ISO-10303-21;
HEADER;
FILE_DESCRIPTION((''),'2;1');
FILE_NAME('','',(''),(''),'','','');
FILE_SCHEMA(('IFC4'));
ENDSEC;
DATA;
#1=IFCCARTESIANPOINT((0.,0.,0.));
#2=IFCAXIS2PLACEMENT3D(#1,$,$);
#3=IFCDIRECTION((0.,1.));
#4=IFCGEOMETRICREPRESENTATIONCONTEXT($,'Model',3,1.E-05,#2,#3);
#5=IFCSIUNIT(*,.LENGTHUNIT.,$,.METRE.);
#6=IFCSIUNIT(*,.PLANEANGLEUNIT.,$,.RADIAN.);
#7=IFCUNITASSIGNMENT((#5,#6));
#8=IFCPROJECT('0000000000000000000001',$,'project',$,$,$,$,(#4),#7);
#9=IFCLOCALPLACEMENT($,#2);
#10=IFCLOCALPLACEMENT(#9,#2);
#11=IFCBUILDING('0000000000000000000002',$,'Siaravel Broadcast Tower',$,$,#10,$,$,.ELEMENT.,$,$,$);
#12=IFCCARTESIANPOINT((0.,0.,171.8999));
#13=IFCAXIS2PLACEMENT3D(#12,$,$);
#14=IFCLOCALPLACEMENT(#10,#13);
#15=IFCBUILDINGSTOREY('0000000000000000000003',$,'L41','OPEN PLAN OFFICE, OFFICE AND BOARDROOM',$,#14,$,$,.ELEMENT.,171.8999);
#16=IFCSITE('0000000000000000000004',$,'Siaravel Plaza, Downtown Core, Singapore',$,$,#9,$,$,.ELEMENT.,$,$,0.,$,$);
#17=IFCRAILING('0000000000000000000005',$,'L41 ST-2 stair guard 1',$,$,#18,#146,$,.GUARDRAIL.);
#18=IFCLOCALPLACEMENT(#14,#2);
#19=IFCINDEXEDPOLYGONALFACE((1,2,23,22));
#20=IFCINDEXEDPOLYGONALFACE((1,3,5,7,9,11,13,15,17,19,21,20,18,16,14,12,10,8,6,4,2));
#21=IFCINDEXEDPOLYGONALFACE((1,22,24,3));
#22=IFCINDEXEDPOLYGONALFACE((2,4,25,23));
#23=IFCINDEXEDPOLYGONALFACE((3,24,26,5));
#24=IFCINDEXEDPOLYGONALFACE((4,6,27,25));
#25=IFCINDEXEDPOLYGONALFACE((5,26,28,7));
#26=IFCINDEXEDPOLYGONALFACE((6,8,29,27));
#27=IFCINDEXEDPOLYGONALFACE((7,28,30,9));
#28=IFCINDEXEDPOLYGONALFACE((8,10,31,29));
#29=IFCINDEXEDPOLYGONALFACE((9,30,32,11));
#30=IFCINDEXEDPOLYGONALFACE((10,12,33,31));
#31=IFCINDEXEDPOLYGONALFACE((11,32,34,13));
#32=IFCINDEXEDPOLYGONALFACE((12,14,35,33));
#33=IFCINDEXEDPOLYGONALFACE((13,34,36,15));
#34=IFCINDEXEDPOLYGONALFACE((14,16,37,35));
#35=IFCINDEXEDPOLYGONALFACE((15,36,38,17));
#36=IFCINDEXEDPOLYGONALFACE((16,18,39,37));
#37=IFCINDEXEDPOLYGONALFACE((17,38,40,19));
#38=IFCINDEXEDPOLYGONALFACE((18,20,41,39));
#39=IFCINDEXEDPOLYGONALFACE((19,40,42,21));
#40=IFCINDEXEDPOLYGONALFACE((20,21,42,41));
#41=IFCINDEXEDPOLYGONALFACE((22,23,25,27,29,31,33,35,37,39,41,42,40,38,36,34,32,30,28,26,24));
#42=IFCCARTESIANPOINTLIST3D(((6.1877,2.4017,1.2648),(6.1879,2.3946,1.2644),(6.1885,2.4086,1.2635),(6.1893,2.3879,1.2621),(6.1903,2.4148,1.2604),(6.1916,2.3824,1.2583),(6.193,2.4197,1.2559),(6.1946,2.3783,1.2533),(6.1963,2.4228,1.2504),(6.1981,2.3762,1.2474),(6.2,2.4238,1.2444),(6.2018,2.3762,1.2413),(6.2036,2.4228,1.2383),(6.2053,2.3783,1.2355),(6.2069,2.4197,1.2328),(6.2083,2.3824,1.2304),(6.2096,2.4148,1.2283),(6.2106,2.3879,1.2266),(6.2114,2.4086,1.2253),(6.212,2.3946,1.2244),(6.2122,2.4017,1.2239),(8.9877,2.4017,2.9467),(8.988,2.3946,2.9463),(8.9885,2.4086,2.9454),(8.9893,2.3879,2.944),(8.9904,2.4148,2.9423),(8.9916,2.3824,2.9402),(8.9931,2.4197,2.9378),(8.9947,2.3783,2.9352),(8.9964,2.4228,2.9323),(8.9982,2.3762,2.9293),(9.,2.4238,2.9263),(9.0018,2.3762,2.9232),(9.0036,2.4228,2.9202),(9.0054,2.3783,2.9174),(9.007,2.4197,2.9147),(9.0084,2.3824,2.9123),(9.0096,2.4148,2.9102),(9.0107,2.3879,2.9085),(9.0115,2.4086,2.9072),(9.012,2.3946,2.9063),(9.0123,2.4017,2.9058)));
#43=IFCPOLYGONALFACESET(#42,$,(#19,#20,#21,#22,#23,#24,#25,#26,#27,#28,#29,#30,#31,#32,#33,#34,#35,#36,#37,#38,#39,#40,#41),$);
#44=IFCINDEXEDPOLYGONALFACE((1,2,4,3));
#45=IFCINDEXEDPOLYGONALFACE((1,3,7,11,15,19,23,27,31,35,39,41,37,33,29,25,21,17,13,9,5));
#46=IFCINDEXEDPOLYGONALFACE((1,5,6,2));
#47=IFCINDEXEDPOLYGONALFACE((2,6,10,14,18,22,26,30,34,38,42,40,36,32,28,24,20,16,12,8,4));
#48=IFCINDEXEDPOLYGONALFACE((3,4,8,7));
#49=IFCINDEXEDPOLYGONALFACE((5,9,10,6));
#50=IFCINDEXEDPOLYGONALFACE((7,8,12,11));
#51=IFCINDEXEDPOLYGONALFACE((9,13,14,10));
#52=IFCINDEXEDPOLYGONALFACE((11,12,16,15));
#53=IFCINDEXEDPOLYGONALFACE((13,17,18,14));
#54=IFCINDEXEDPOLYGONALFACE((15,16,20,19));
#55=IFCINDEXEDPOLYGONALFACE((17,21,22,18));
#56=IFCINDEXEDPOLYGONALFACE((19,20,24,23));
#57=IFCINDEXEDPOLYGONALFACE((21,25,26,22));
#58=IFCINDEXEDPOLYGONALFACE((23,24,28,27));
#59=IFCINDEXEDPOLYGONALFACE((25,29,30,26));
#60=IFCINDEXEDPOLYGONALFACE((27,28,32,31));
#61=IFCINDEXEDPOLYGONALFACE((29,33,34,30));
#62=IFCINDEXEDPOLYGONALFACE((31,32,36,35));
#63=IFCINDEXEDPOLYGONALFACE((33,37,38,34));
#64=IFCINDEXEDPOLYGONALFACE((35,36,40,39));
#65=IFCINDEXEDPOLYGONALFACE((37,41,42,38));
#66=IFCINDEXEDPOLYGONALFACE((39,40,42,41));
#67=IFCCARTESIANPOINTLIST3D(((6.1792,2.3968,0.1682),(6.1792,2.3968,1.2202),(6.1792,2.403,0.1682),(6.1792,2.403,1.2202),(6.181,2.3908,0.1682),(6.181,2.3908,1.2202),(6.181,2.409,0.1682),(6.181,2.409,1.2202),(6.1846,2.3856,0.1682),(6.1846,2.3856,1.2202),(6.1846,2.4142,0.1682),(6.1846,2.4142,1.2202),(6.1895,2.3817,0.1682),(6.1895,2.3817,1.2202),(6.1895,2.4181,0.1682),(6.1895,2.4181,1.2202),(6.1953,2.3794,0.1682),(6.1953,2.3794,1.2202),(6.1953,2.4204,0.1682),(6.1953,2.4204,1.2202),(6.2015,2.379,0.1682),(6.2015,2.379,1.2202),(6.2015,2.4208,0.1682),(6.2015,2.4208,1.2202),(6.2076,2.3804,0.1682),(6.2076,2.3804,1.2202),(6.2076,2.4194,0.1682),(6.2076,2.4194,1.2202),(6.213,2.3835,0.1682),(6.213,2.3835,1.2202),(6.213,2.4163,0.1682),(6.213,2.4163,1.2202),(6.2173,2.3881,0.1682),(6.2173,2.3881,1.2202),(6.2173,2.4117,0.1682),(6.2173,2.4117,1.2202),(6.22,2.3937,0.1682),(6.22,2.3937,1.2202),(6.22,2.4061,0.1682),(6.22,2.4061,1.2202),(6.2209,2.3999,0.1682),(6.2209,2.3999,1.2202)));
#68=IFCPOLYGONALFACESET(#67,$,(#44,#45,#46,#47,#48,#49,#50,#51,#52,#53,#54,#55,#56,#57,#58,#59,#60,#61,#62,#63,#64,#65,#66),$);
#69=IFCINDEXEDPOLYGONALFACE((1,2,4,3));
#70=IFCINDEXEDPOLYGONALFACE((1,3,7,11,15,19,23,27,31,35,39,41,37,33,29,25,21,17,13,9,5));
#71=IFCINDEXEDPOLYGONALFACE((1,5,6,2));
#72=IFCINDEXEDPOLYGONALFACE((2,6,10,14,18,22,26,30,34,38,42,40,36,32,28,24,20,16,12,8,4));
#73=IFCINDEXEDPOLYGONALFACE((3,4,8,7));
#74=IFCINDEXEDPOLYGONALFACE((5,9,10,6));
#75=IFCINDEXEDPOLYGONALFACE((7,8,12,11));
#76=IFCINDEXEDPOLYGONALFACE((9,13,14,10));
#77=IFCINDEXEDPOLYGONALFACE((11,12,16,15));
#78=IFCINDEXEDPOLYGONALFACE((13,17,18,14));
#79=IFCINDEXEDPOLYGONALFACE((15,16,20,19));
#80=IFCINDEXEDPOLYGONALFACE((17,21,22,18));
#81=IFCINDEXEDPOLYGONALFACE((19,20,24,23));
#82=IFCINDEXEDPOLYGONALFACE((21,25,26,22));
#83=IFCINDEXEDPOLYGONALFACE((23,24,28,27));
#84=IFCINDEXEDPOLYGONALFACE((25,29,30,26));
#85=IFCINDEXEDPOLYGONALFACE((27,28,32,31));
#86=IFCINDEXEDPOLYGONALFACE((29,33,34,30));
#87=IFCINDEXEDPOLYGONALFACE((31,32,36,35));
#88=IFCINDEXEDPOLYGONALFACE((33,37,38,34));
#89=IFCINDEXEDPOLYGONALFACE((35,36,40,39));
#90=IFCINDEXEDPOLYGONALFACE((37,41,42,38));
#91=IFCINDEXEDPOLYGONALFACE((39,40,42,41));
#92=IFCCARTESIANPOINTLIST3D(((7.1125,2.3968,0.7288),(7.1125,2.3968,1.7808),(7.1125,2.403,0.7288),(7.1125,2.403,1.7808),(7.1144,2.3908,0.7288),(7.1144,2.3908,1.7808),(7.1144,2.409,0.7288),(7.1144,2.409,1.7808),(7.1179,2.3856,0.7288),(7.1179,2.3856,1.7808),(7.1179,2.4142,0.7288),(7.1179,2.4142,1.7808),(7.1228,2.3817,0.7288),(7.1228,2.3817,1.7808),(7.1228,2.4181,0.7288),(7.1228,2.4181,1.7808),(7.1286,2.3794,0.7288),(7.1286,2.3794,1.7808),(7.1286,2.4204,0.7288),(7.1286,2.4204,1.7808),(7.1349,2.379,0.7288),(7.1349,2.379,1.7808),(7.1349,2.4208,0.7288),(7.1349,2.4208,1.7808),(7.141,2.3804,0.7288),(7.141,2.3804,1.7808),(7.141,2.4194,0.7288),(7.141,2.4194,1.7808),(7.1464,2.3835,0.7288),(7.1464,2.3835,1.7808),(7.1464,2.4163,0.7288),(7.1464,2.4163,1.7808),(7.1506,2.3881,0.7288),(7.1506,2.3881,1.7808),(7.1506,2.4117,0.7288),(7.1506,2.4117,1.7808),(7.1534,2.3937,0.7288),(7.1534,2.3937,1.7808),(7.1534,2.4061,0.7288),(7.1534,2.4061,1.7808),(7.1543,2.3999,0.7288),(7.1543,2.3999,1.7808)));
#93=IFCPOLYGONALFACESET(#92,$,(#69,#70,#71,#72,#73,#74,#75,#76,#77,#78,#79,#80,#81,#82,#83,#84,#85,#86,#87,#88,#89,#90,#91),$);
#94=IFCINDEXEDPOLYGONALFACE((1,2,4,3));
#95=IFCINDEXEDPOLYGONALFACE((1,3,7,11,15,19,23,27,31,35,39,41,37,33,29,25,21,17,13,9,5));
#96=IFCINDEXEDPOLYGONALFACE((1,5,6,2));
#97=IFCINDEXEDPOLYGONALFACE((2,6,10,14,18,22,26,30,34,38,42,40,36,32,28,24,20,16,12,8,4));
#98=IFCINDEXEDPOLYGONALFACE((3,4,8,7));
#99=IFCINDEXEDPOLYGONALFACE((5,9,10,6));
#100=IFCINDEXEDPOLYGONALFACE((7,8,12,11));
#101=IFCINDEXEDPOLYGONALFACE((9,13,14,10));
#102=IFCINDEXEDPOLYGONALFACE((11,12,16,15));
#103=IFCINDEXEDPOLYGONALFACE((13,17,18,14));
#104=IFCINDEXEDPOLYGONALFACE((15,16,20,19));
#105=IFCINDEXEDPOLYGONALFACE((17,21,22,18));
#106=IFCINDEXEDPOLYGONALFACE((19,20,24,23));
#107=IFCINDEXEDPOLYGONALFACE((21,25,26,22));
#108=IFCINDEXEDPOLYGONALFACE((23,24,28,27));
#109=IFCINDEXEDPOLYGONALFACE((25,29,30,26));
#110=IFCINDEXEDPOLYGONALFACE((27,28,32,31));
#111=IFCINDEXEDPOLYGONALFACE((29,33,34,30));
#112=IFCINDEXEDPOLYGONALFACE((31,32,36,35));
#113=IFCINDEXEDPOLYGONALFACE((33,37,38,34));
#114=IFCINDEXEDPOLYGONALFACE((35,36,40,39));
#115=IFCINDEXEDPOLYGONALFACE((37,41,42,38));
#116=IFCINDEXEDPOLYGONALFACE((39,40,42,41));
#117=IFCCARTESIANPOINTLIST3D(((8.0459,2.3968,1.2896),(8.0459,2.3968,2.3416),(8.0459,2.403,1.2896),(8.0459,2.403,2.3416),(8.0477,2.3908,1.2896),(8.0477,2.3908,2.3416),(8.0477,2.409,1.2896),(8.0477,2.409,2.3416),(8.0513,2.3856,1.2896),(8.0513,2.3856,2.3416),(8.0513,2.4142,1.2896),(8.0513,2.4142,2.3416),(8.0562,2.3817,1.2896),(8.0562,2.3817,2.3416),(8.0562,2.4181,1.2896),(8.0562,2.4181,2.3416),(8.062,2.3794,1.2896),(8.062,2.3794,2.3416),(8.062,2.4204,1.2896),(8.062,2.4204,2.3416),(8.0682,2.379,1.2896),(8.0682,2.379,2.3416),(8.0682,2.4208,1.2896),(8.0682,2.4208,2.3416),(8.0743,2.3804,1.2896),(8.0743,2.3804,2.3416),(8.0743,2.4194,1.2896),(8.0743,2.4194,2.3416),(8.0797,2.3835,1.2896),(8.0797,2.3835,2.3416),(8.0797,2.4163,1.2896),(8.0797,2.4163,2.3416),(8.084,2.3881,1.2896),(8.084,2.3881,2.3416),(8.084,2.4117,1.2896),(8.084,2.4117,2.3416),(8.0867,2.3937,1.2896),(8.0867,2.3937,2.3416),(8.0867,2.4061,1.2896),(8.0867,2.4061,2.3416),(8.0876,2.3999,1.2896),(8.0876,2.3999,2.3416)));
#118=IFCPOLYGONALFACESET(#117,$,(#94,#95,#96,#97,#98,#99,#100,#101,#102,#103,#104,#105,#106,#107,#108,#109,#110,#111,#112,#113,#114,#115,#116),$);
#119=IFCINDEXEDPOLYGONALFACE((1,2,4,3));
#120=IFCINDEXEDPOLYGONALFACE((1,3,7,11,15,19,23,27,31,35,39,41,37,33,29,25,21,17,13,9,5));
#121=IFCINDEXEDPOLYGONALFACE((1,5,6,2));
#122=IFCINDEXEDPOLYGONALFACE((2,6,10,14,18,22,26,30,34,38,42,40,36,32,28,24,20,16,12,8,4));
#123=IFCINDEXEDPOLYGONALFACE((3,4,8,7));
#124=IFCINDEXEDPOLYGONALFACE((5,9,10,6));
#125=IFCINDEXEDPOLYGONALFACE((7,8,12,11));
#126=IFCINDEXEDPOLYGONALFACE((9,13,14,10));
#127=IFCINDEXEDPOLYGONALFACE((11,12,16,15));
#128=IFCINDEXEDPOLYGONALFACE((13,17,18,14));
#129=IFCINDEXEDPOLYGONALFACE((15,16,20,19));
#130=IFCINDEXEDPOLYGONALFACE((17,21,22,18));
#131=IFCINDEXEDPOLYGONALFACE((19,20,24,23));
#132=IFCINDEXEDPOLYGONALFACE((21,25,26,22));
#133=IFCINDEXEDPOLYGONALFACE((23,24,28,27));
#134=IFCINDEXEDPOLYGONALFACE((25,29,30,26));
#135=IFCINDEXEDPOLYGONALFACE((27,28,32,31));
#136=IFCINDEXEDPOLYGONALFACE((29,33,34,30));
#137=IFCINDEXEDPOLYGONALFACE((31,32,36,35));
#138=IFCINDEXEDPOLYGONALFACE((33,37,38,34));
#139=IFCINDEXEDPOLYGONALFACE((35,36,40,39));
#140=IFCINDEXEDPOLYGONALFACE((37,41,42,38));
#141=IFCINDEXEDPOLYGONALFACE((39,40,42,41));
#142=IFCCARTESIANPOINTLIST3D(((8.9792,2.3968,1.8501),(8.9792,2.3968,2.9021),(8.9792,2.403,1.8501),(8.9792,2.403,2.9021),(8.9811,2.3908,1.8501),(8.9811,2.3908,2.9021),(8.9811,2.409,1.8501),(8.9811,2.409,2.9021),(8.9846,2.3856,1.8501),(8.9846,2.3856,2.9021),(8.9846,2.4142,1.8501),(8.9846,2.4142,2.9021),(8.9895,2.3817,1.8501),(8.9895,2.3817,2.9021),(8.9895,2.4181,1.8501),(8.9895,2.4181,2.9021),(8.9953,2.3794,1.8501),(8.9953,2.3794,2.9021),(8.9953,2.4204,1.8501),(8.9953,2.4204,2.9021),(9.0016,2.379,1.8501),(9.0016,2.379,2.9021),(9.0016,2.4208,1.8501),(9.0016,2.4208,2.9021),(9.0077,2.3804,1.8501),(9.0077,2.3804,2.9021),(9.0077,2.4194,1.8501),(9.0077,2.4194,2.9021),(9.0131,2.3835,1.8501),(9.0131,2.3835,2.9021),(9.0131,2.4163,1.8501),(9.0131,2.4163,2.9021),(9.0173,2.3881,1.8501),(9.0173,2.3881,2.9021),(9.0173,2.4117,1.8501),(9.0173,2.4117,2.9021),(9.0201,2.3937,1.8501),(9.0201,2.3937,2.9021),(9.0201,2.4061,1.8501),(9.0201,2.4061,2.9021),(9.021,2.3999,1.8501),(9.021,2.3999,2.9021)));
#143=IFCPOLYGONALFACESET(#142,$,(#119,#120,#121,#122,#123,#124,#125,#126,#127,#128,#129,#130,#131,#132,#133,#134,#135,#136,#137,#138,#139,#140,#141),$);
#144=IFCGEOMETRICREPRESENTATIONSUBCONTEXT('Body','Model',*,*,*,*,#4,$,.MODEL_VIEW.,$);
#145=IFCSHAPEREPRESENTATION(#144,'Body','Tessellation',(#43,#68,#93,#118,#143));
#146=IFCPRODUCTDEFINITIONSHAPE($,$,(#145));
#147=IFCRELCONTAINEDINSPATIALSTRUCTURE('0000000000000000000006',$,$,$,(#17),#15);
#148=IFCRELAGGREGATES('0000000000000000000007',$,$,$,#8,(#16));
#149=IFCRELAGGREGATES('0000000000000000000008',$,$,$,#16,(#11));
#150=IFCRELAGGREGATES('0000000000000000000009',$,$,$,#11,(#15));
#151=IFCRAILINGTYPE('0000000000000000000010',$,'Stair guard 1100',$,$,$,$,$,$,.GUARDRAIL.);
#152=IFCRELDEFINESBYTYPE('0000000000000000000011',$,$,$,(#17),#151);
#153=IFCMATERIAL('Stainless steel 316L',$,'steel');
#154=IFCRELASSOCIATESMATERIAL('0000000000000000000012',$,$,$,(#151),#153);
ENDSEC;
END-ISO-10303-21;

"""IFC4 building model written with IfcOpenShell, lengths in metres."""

from ifc_helpers import new_model, si_unit, direction, frame, origin, origin_2d, place, context, subcontext, project, spatial, circle, extrude, material, type_object, element, save


model = new_model("IFC4")

# Units and contexts
model_context = context("Model", 3, precision=1e-05, world=origin(), true_north=direction((0.0, 1.0)))
body_context = subcontext(model_context, "Body", "Model", "MODEL_VIEW")
ifc_project = project(units=[si_unit("LENGTHUNIT", "METRE"), si_unit("PLANEANGLEUNIT", "RADIAN")], contexts=[model_context])

# Site, building, storey
site_placement = place(None, origin())
site = spatial("IfcSite", under=ifc_project, at=site_placement, Name="Siaravel Plaza, Downtown Core, Singapore", CompositionType="ELEMENT", RefElevation=0.0)
building_placement = place(site_placement, origin())
building = spatial("IfcBuilding", under=site, at=building_placement, Name="Siaravel Broadcast Tower", CompositionType="ELEMENT")
storey_placement = place(building_placement, frame((0.0, 0.0, 171.8999)))
storey = spatial("IfcBuildingStorey", under=building, at=storey_placement, Name="L41", Description="OPEN PLAN OFFICE, OFFICE AND BOARDROOM", CompositionType="ELEMENT", Elevation=171.8999)

# Railing
ifc_material_1 = material(Name="Stainless steel 316L", Category="steel")
railing_type_1 = type_object("IfcRailingType", Name="Stair guard 1100", PredefinedType="GUARDRAIL", material=ifc_material_1)
railing_1_placement = place(storey_placement, frame((6.2, 2.3999, 0.1682)))
element("IfcRailing", 1, at=railing_1_placement, inside=storey, type_object=railing_type_1, Name="L41 ST-2 stair guard 1", PredefinedType="GUARDRAIL", context=body_context, shape_type="SweptSolid", body=[
    extrude(circle(Radius=0.0239, at=origin_2d()), frame((0.0, 0.0, 1.0762), z_axis=(0.857242, 0.0, 0.514913), x_axis=(0.0, 1.0, 0.0)), (0.0, 0.0, 1.0), 3.2664),
    extrude(circle(Radius=0.021, at=origin_2d()), origin(), (0.0, 0.0, 1.0), 1.052),
    extrude(circle(Radius=0.021, at=origin_2d()), frame((0.9333, 0.0, 0.5605)), (0.0, 0.0, 1.0), 1.052),
    extrude(circle(Radius=0.021, at=origin_2d()), frame((1.8667, 0.0, 1.1213)), (0.0, 0.0, 1.0), 1.052),
    extrude(circle(Radius=0.021, at=origin_2d()), frame((2.8, 0.0, 1.6819)), (0.0, 0.0, 1.0), 1.052),
])

save(model, "model.ifc")
